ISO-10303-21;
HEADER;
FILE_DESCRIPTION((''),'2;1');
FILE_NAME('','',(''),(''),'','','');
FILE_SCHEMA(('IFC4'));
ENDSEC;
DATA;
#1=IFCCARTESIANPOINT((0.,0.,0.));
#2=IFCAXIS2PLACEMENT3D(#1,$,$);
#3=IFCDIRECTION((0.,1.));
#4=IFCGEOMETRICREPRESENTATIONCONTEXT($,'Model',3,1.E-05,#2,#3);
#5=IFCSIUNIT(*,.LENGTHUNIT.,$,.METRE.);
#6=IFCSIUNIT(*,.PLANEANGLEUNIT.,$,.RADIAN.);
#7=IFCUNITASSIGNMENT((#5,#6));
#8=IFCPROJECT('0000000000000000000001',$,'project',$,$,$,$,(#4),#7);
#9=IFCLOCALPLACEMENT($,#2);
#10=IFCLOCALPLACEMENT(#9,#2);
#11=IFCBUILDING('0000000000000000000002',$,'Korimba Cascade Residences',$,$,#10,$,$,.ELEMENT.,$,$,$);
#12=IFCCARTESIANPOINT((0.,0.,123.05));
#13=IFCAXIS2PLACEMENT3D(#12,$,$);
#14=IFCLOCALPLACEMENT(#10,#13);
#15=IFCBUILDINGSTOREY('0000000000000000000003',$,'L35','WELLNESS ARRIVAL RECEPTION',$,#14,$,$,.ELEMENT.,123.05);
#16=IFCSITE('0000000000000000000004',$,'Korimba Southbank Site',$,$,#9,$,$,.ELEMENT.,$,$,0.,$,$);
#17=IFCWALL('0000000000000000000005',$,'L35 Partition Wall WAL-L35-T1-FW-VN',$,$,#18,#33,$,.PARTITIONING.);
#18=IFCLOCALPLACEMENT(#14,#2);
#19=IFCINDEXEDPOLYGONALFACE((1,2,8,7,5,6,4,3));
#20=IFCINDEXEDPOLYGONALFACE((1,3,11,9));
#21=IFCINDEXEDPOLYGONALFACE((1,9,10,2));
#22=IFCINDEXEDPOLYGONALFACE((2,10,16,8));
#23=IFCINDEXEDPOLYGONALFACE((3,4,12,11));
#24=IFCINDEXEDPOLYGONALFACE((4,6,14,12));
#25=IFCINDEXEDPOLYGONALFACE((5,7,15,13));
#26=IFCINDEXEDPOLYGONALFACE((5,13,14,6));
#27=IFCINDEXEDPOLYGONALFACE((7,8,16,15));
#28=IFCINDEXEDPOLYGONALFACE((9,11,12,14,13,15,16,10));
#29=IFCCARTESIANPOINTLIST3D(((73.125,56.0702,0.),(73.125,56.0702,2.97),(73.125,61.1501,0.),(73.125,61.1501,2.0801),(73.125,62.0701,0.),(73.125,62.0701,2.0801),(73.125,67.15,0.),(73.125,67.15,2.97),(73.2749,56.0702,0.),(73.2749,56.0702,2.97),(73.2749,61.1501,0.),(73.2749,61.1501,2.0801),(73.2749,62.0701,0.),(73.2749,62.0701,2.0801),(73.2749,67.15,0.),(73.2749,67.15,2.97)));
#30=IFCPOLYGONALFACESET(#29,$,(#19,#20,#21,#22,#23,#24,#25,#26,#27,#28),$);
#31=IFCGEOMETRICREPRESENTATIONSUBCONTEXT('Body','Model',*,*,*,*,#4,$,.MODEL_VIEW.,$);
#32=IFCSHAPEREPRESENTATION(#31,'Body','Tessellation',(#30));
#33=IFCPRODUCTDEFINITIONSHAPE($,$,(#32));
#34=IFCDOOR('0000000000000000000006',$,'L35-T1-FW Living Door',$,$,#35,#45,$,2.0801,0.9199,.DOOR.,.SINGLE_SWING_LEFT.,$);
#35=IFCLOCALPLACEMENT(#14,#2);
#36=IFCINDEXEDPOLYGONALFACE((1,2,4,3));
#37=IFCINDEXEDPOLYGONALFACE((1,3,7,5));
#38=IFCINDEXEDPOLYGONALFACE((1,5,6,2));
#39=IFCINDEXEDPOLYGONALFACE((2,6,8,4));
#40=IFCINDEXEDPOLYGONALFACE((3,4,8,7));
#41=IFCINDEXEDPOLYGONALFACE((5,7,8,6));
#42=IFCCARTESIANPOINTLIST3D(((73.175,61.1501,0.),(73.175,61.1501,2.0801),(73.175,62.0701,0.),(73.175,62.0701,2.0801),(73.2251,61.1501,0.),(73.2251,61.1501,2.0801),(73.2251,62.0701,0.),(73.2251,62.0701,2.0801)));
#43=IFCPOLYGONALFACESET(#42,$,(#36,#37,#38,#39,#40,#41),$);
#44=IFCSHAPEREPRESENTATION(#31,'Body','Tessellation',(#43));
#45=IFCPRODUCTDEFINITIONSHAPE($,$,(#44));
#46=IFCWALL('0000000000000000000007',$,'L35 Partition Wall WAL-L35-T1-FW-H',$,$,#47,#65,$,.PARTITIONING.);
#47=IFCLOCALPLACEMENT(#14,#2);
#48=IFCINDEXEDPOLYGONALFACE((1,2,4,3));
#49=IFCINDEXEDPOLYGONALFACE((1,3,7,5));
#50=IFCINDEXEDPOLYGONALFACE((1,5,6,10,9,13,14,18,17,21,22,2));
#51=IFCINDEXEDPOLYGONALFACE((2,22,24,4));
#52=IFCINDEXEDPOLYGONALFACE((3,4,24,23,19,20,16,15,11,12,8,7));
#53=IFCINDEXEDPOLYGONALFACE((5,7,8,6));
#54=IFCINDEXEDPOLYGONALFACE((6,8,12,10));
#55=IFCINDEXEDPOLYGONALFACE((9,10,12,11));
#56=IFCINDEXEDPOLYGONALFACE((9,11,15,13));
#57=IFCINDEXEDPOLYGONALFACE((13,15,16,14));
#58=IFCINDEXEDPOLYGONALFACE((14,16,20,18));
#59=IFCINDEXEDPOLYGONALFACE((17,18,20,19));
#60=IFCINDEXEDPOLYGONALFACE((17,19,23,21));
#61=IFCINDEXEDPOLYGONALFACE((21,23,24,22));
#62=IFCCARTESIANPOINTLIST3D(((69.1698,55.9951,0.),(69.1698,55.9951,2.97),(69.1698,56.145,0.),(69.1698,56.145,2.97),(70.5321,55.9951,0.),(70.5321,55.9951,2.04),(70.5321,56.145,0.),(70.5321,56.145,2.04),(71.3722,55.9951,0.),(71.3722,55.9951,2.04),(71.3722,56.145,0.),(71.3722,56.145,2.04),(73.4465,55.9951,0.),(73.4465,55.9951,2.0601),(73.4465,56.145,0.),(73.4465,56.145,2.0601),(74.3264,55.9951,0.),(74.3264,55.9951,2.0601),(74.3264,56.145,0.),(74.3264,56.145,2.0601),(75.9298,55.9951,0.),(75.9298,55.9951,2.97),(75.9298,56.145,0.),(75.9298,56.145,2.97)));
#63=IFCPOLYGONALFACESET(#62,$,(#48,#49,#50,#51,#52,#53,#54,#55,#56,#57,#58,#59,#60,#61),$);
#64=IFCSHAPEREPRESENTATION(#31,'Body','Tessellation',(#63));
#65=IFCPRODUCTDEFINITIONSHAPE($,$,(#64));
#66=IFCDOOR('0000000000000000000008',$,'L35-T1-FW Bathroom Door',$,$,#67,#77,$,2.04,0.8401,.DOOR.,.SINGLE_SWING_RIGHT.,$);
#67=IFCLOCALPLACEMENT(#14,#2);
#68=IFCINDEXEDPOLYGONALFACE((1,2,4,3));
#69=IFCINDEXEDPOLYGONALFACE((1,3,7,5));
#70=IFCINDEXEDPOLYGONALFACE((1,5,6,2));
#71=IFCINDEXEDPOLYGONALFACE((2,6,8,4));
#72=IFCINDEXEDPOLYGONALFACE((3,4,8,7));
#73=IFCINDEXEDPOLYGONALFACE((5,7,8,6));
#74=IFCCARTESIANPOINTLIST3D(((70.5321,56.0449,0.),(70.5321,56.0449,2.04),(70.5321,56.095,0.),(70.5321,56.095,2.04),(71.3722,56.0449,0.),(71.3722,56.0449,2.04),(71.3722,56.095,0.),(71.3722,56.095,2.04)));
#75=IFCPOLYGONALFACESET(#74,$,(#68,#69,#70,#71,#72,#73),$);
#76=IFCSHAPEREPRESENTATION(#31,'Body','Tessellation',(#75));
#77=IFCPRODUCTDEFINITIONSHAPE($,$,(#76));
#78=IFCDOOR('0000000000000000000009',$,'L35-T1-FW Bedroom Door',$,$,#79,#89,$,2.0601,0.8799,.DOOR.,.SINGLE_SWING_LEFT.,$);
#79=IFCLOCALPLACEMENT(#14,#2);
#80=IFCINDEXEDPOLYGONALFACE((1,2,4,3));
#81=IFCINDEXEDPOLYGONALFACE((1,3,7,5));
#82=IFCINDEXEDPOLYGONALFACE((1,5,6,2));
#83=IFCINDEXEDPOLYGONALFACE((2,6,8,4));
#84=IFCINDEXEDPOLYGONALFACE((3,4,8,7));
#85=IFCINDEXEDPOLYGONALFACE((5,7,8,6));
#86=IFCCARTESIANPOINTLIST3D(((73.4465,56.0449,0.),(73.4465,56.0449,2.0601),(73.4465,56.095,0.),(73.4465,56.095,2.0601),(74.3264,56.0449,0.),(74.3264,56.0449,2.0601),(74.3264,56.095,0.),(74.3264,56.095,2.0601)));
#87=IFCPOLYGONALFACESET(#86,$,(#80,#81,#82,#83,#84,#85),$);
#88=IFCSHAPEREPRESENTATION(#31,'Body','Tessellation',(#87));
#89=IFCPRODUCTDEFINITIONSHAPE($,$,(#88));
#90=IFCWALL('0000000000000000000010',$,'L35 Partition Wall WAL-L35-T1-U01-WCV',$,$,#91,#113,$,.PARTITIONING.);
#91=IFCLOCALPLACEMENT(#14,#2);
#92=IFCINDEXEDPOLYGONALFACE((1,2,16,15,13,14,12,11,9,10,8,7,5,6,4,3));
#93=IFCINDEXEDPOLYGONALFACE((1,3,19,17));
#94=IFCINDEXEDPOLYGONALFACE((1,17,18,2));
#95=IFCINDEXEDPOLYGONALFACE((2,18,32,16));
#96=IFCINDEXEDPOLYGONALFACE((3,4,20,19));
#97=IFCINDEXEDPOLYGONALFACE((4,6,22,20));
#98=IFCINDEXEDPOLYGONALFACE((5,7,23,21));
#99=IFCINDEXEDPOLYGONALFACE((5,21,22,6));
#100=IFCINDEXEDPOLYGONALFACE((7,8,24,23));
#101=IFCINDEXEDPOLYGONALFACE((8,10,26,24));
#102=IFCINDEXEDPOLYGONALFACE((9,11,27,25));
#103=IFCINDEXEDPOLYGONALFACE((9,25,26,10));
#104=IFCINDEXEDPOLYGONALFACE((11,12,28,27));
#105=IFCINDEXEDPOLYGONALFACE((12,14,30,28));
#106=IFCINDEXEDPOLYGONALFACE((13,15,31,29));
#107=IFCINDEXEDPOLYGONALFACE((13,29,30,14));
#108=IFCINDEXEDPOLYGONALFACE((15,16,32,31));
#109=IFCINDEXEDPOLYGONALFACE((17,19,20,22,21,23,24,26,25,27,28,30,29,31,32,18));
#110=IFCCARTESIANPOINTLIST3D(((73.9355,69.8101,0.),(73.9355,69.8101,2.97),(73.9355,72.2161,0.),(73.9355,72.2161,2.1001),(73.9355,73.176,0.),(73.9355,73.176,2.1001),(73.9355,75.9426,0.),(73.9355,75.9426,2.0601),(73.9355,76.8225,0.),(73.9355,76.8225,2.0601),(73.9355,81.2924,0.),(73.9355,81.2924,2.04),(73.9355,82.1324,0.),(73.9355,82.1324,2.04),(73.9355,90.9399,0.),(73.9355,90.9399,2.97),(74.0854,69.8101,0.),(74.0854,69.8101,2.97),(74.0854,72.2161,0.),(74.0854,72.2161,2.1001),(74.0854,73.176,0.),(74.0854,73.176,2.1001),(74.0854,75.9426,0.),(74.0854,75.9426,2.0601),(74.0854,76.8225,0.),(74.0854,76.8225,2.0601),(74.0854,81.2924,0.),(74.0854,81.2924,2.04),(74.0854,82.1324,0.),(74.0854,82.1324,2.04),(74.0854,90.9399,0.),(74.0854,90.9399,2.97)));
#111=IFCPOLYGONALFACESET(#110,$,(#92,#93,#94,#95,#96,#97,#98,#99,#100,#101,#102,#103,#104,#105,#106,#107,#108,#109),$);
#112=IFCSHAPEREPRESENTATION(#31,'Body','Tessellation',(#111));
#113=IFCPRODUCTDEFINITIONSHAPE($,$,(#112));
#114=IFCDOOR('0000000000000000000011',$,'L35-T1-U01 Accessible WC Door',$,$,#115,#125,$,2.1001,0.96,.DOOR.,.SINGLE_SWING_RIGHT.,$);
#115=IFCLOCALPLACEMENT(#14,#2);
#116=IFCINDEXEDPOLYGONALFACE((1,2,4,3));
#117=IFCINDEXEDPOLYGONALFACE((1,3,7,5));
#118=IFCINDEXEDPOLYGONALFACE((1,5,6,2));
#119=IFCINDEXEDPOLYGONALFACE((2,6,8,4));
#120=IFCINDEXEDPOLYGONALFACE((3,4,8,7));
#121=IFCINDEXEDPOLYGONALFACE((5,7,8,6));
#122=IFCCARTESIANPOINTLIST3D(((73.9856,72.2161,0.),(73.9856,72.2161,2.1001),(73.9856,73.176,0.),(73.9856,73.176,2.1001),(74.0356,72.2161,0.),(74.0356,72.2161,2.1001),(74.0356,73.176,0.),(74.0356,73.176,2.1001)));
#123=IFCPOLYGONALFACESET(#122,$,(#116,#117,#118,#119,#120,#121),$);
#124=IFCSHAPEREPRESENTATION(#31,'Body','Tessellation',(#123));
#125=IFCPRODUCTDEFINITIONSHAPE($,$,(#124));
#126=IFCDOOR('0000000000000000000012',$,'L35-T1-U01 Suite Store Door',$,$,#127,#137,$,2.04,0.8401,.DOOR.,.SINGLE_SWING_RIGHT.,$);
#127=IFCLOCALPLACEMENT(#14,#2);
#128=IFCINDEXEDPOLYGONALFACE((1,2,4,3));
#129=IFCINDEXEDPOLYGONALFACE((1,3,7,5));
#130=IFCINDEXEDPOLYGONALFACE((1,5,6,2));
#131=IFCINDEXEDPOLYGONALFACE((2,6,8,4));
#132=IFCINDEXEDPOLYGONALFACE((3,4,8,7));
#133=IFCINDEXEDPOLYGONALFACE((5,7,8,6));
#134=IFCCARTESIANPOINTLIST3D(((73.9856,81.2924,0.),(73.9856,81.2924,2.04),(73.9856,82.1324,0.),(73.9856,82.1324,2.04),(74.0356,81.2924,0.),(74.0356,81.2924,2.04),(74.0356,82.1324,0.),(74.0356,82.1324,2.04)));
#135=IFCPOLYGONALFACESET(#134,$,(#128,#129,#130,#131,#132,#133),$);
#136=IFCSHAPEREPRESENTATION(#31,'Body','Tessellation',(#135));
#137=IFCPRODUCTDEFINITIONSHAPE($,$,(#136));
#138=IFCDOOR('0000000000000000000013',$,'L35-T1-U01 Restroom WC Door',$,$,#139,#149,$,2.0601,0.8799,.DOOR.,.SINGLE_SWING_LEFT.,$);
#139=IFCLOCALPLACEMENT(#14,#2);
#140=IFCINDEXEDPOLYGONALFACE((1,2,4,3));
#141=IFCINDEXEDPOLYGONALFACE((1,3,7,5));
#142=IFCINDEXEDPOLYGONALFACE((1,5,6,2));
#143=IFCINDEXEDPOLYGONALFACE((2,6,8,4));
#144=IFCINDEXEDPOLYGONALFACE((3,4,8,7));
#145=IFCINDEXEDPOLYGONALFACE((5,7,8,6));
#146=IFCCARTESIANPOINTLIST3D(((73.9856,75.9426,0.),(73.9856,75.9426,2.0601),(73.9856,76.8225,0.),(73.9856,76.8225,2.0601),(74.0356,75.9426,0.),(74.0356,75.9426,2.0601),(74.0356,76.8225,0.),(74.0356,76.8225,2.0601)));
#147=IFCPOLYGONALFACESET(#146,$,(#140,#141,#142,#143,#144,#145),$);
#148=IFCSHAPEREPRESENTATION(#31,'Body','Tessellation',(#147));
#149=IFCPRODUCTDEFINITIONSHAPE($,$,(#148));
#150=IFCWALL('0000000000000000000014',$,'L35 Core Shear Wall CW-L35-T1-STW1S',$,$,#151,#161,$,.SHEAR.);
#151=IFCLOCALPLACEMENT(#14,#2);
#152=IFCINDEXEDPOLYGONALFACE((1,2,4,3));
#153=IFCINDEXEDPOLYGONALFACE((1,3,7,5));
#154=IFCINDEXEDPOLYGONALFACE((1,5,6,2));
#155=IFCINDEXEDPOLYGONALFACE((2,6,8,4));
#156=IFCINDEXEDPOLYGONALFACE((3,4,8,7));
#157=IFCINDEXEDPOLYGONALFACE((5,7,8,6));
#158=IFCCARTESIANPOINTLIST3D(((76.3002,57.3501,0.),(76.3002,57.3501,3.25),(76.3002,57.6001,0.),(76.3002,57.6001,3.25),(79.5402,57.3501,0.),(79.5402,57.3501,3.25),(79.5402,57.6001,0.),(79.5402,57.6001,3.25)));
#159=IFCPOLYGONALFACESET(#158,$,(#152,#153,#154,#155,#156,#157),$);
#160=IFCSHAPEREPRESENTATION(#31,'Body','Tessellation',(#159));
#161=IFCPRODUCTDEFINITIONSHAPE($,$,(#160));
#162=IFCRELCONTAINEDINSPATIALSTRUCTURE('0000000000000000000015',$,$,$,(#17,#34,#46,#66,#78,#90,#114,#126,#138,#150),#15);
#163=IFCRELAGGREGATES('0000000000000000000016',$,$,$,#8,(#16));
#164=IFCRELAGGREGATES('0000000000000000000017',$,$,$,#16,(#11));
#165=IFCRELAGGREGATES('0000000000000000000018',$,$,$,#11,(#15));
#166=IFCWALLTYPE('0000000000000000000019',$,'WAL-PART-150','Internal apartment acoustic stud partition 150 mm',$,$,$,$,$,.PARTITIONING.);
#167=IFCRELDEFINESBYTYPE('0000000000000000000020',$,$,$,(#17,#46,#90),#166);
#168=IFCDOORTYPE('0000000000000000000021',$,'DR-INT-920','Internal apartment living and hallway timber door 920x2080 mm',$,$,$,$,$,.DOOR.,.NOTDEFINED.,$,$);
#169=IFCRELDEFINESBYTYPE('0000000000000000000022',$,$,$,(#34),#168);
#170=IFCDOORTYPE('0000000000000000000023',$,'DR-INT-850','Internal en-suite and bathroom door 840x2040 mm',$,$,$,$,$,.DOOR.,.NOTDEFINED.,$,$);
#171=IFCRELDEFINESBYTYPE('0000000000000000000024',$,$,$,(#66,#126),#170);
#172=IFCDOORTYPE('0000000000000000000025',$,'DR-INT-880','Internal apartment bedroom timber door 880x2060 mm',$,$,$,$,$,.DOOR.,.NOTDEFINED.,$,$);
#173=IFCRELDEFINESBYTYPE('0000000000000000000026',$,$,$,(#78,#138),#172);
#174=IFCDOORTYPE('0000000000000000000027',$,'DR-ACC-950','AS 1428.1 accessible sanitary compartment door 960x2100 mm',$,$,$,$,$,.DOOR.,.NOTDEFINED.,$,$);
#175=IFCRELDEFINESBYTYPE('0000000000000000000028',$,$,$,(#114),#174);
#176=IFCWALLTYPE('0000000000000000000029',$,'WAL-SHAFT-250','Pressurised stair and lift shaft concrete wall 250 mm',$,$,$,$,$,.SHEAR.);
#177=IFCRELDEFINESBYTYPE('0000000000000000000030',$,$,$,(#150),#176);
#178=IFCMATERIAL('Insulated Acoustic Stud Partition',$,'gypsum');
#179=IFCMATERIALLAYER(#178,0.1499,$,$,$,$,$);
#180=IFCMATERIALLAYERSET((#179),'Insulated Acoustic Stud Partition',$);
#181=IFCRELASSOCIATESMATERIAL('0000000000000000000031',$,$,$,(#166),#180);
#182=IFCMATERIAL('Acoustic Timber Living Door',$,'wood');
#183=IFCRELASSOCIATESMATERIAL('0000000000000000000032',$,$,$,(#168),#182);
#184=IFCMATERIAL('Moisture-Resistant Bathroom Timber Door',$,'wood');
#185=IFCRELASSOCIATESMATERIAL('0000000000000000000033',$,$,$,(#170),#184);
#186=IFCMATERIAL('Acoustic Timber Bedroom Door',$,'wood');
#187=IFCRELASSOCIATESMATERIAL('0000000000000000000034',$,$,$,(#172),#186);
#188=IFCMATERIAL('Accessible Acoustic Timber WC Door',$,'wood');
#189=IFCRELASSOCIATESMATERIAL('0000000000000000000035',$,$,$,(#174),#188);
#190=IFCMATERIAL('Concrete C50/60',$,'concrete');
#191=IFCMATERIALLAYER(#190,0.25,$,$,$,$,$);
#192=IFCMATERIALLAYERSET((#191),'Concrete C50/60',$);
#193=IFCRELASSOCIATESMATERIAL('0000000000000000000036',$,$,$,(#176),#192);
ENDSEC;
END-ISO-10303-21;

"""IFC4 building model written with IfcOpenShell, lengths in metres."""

from ifc_helpers import new_model, si_unit, direction, frame, frame_2d, origin, place, context, subcontext, project, spatial, rectangle, extrude, material, layer, layer_set, type_object, element, fill, save


model = new_model("IFC4")

# Units and contexts
model_context = context("Model", 3, precision=1e-05, world=origin(), true_north=direction((0.0, 1.0)))
body_context = subcontext(model_context, "Body", "Model", "MODEL_VIEW")
ifc_project = project(units=[si_unit("LENGTHUNIT", "METRE"), si_unit("PLANEANGLEUNIT", "RADIAN")], contexts=[model_context])

# Site, building, storey
site_placement = place(None, origin())
site = spatial("IfcSite", under=ifc_project, at=site_placement, Name="Korimba Southbank Site", CompositionType="ELEMENT", RefElevation=0.0)
building_placement = place(site_placement, origin())
building = spatial("IfcBuilding", under=site, at=building_placement, Name="Korimba Cascade Residences", CompositionType="ELEMENT")
storey_placement = place(building_placement, frame((0.0, 0.0, 123.05)))
storey = spatial("IfcBuildingStorey", under=building, at=storey_placement, Name="L35", Description="WELLNESS ARRIVAL RECEPTION", CompositionType="ELEMENT", Elevation=123.05)

# Wall, opening, door
ifc_material_1 = material(Name="Insulated Acoustic Stud Partition", Category="gypsum")
ifc_layer_1 = layer(ifc_material_1, 0.1499)
ifc_layer_set_1 = layer_set([ifc_layer_1], Name="Insulated Acoustic Stud Partition")
wall_type_1 = type_object("IfcWallType", Name="WAL-PART-150", Description="Internal apartment acoustic stud partition 150 mm", PredefinedType="PARTITIONING", material=ifc_layer_set_1)
wall_1_placement = place(storey_placement, frame((73.2, 56.0701, 0.0), z_axis=(0.0, 0.0, 1.0), x_axis=(0.0, 1.0, 0.0)))
wall_1 = element("IfcWall", 1, at=wall_1_placement, inside=storey, type_object=wall_type_1, Name="L35 Partition Wall WAL-L35-T1-FW-VN", PredefinedType="PARTITIONING", context=body_context, shape_type="SweptSolid", body=[
    extrude(rectangle(XDim=11.0798, YDim=0.1499, at=frame_2d((5.54, 0.0))), origin(), (0.0, 0.0, 1.0), 2.97),
])
opening_1_placement = place(wall_1_placement, frame((5.0801, 0.0, 0.0)))
opening_1 = element("IfcOpeningElement", 2, at=opening_1_placement, cuts=wall_1, PredefinedType="OPENING", context=body_context, shape_type="SweptSolid", body=[
    extrude(rectangle(XDim=0.9199, YDim=2.0801, at=frame_2d((0.46, 1.04))), frame((0.0, 0.085, 0.0), z_axis=(0.0, -1.0, 0.0), x_axis=(1.0, 0.0, 0.0)), (0.0, 0.0, 1.0), 0.1699),
])
ifc_material_2 = material(Name="Acoustic Timber Living Door", Category="wood")
door_type_1 = type_object("IfcDoorType", Name="DR-INT-920", Description="Internal apartment living and hallway timber door 920x2080 mm", OperationType="NOTDEFINED", PredefinedType="DOOR", material=ifc_material_2)
door_1_placement = place(opening_1_placement, origin())
door_1 = element("IfcDoor", 3, at=door_1_placement, inside=storey, type_object=door_type_1, Name="L35-T1-FW Living Door", OperationType="SINGLE_SWING_LEFT", OverallHeight=2.0801, OverallWidth=0.9199, PredefinedType="DOOR", context=body_context, shape_type="SweptSolid", body=[
    extrude(rectangle(XDim=0.9199, YDim=2.0801, at=frame_2d((0.46, 1.04))), frame((0.0, 0.0249, 0.0), z_axis=(0.0, -1.0, 0.0), x_axis=(1.0, 0.0, 0.0)), (0.0, 0.0, 1.0), 0.05),
])
fill(opening_1, door_1)

# Walls, openings, doors
wall_2_placement = place(storey_placement, frame((69.1699, 56.0701, 0.0), z_axis=(0.0, 0.0, 1.0), x_axis=(1.0, 0.0, 0.0)))
wall_2 = element("IfcWall", 4, at=wall_2_placement, inside=storey, type_object=wall_type_1, Name="L35 Partition Wall WAL-L35-T1-FW-H", PredefinedType="PARTITIONING", context=body_context, shape_type="SweptSolid", body=[
    extrude(rectangle(XDim=6.76, YDim=0.1499, at=frame_2d((3.3799, 0.0))), origin(), (0.0, 0.0, 1.0), 2.97),
])
opening_2_placement = place(wall_2_placement, frame((1.3623, 0.0, 0.0)))
opening_2 = element("IfcOpeningElement", 5, at=opening_2_placement, cuts=wall_2, PredefinedType="OPENING", context=body_context, shape_type="SweptSolid", body=[
    extrude(rectangle(XDim=0.8401, YDim=2.04, at=frame_2d((0.4199, 1.02))), frame((0.0, 0.085, 0.0), z_axis=(0.0, -1.0, 0.0), x_axis=(1.0, 0.0, 0.0)), (0.0, 0.0, 1.0), 0.1699),
])
opening_3_placement = place(wall_2_placement, frame((4.2766, 0.0, 0.0)))
opening_3 = element("IfcOpeningElement", 6, at=opening_3_placement, cuts=wall_2, PredefinedType="OPENING", context=body_context, shape_type="SweptSolid", body=[
    extrude(rectangle(XDim=0.8799, YDim=2.0601, at=frame_2d((0.4399, 1.03))), frame((0.0, 0.085, 0.0), z_axis=(0.0, -1.0, 0.0), x_axis=(1.0, 0.0, 0.0)), (0.0, 0.0, 1.0), 0.1699),
])
ifc_material_3 = material(Name="Moisture-Resistant Bathroom Timber Door", Category="wood")
door_type_2 = type_object("IfcDoorType", Name="DR-INT-850", Description="Internal en-suite and bathroom door 840x2040 mm", OperationType="NOTDEFINED", PredefinedType="DOOR", material=ifc_material_3)
door_2_placement = place(opening_2_placement, origin())
door_2 = element("IfcDoor", 7, at=door_2_placement, inside=storey, type_object=door_type_2, Name="L35-T1-FW Bathroom Door", OperationType="SINGLE_SWING_RIGHT", OverallHeight=2.04, OverallWidth=0.8401, PredefinedType="DOOR", context=body_context, shape_type="SweptSolid", body=[
    extrude(rectangle(XDim=0.8401, YDim=2.04, at=frame_2d((0.4199, 1.02))), frame((0.0, 0.0249, 0.0), z_axis=(0.0, -1.0, 0.0), x_axis=(1.0, 0.0, 0.0)), (0.0, 0.0, 1.0), 0.05),
])
fill(opening_2, door_2)
ifc_material_4 = material(Name="Acoustic Timber Bedroom Door", Category="wood")
door_type_3 = type_object("IfcDoorType", Name="DR-INT-880", Description="Internal apartment bedroom timber door 880x2060 mm", OperationType="NOTDEFINED", PredefinedType="DOOR", material=ifc_material_4)
door_3_placement = place(opening_3_placement, origin())
door_3 = element("IfcDoor", 8, at=door_3_placement, inside=storey, type_object=door_type_3, Name="L35-T1-FW Bedroom Door", OperationType="SINGLE_SWING_LEFT", OverallHeight=2.0601, OverallWidth=0.8799, PredefinedType="DOOR", context=body_context, shape_type="SweptSolid", body=[
    extrude(rectangle(XDim=0.8799, YDim=2.0601, at=frame_2d((0.4399, 1.03))), frame((0.0, 0.0249, 0.0), z_axis=(0.0, -1.0, 0.0), x_axis=(1.0, 0.0, 0.0)), (0.0, 0.0, 1.0), 0.05),
])
fill(opening_3, door_3)
wall_3_placement = place(storey_placement, frame((74.0105, 69.8101, 0.0), z_axis=(0.0, 0.0, 1.0), x_axis=(0.0, 1.0, 0.0)))
wall_3 = element("IfcWall", 9, at=wall_3_placement, inside=storey, type_object=wall_type_1, Name="L35 Partition Wall WAL-L35-T1-U01-WCV", PredefinedType="PARTITIONING", context=body_context, shape_type="SweptSolid", body=[
    extrude(rectangle(XDim=21.1299, YDim=0.1499, at=frame_2d((10.5649, 0.0))), origin(), (0.0, 0.0, 1.0), 2.97),
])
opening_4_placement = place(wall_3_placement, frame((2.406, 0.0, 0.0)))
opening_4 = element("IfcOpeningElement", 10, at=opening_4_placement, cuts=wall_3, PredefinedType="OPENING", context=body_context, shape_type="SweptSolid", body=[
    extrude(rectangle(XDim=0.96, YDim=2.1001, at=frame_2d((0.48, 1.05))), frame((0.0, 0.085, 0.0), z_axis=(0.0, -1.0, 0.0), x_axis=(1.0, 0.0, 0.0)), (0.0, 0.0, 1.0), 0.1699),
])
opening_5_placement = place(wall_3_placement, frame((6.1326, 0.0, 0.0)))
opening_5 = element("IfcOpeningElement", 11, at=opening_5_placement, cuts=wall_3, PredefinedType="OPENING", context=body_context, shape_type="SweptSolid", body=[
    extrude(rectangle(XDim=0.8799, YDim=2.0601, at=frame_2d((0.4399, 1.03))), frame((0.0, 0.085, 0.0), z_axis=(0.0, -1.0, 0.0), x_axis=(1.0, 0.0, 0.0)), (0.0, 0.0, 1.0), 0.1699),
])
opening_6_placement = place(wall_3_placement, frame((11.4824, 0.0, 0.0)))
opening_6 = element("IfcOpeningElement", 12, at=opening_6_placement, cuts=wall_3, PredefinedType="OPENING", context=body_context, shape_type="SweptSolid", body=[
    extrude(rectangle(XDim=0.8401, YDim=2.04, at=frame_2d((0.4199, 1.02))), frame((0.0, 0.085, 0.0), z_axis=(0.0, -1.0, 0.0), x_axis=(1.0, 0.0, 0.0)), (0.0, 0.0, 1.0), 0.1699),
])
ifc_material_5 = material(Name="Accessible Acoustic Timber WC Door", Category="wood")
door_type_4 = type_object("IfcDoorType", Name="DR-ACC-950", Description="AS 1428.1 accessible sanitary compartment door 960x2100 mm", OperationType="NOTDEFINED", PredefinedType="DOOR", material=ifc_material_5)
door_4_placement = place(opening_4_placement, origin())
door_4 = element("IfcDoor", 13, at=door_4_placement, inside=storey, type_object=door_type_4, Name="L35-T1-U01 Accessible WC Door", OperationType="SINGLE_SWING_RIGHT", OverallHeight=2.1001, OverallWidth=0.96, PredefinedType="DOOR", context=body_context, shape_type="SweptSolid", body=[
    extrude(rectangle(XDim=0.96, YDim=2.1001, at=frame_2d((0.48, 1.05))), frame((0.0, 0.0249, 0.0), z_axis=(0.0, -1.0, 0.0), x_axis=(1.0, 0.0, 0.0)), (0.0, 0.0, 1.0), 0.05),
])
fill(opening_4, door_4)
door_5_placement = place(opening_6_placement, origin())
door_5 = element("IfcDoor", 14, at=door_5_placement, inside=storey, type_object=door_type_2, Name="L35-T1-U01 Suite Store Door", OperationType="SINGLE_SWING_RIGHT", OverallHeight=2.04, OverallWidth=0.8401, PredefinedType="DOOR", context=body_context, shape_type="SweptSolid", body=[
    extrude(rectangle(XDim=0.8401, YDim=2.04, at=frame_2d((0.4199, 1.02))), frame((0.0, 0.0249, 0.0), z_axis=(0.0, -1.0, 0.0), x_axis=(1.0, 0.0, 0.0)), (0.0, 0.0, 1.0), 0.05),
])
fill(opening_6, door_5)
door_6_placement = place(opening_5_placement, origin())
door_6 = element("IfcDoor", 15, at=door_6_placement, inside=storey, type_object=door_type_3, Name="L35-T1-U01 Restroom WC Door", OperationType="SINGLE_SWING_LEFT", OverallHeight=2.0601, OverallWidth=0.8799, PredefinedType="DOOR", context=body_context, shape_type="SweptSolid", body=[
    extrude(rectangle(XDim=0.8799, YDim=2.0601, at=frame_2d((0.4399, 1.03))), frame((0.0, 0.0249, 0.0), z_axis=(0.0, -1.0, 0.0), x_axis=(1.0, 0.0, 0.0)), (0.0, 0.0, 1.0), 0.05),
])
fill(opening_5, door_6)

# Wall
ifc_material_6 = material(Name="Concrete C50/60", Category="concrete")
ifc_layer_2 = layer(ifc_material_6, 0.25)
ifc_layer_set_2 = layer_set([ifc_layer_2], Name="Concrete C50/60")
wall_type_2 = type_object("IfcWallType", Name="WAL-SHAFT-250", Description="Pressurised stair and lift shaft concrete wall 250 mm", PredefinedType="SHEAR", material=ifc_layer_set_2)
for number, where, z_axis, x_axis, name in (
    (16, (76.3, 57.4751, 0.0), (0.0, 0.0, 1.0), (1.0, 0.0, 0.0), "L35 Core Shear Wall CW-L35-T1-STW1S"),
):
    element("IfcWall", number, at=place(storey_placement, frame(where, z_axis=z_axis, x_axis=x_axis)), inside=storey, type_object=wall_type_2, Name=name, PredefinedType="SHEAR", context=body_context, shape_type="SweptSolid", body=[
        extrude(rectangle(XDim=3.24, YDim=0.25, at=frame_2d((1.6201, 0.0))), origin(), (0.0, 0.0, 1.0), 3.25),
    ])

save(model, "model.ifc")
